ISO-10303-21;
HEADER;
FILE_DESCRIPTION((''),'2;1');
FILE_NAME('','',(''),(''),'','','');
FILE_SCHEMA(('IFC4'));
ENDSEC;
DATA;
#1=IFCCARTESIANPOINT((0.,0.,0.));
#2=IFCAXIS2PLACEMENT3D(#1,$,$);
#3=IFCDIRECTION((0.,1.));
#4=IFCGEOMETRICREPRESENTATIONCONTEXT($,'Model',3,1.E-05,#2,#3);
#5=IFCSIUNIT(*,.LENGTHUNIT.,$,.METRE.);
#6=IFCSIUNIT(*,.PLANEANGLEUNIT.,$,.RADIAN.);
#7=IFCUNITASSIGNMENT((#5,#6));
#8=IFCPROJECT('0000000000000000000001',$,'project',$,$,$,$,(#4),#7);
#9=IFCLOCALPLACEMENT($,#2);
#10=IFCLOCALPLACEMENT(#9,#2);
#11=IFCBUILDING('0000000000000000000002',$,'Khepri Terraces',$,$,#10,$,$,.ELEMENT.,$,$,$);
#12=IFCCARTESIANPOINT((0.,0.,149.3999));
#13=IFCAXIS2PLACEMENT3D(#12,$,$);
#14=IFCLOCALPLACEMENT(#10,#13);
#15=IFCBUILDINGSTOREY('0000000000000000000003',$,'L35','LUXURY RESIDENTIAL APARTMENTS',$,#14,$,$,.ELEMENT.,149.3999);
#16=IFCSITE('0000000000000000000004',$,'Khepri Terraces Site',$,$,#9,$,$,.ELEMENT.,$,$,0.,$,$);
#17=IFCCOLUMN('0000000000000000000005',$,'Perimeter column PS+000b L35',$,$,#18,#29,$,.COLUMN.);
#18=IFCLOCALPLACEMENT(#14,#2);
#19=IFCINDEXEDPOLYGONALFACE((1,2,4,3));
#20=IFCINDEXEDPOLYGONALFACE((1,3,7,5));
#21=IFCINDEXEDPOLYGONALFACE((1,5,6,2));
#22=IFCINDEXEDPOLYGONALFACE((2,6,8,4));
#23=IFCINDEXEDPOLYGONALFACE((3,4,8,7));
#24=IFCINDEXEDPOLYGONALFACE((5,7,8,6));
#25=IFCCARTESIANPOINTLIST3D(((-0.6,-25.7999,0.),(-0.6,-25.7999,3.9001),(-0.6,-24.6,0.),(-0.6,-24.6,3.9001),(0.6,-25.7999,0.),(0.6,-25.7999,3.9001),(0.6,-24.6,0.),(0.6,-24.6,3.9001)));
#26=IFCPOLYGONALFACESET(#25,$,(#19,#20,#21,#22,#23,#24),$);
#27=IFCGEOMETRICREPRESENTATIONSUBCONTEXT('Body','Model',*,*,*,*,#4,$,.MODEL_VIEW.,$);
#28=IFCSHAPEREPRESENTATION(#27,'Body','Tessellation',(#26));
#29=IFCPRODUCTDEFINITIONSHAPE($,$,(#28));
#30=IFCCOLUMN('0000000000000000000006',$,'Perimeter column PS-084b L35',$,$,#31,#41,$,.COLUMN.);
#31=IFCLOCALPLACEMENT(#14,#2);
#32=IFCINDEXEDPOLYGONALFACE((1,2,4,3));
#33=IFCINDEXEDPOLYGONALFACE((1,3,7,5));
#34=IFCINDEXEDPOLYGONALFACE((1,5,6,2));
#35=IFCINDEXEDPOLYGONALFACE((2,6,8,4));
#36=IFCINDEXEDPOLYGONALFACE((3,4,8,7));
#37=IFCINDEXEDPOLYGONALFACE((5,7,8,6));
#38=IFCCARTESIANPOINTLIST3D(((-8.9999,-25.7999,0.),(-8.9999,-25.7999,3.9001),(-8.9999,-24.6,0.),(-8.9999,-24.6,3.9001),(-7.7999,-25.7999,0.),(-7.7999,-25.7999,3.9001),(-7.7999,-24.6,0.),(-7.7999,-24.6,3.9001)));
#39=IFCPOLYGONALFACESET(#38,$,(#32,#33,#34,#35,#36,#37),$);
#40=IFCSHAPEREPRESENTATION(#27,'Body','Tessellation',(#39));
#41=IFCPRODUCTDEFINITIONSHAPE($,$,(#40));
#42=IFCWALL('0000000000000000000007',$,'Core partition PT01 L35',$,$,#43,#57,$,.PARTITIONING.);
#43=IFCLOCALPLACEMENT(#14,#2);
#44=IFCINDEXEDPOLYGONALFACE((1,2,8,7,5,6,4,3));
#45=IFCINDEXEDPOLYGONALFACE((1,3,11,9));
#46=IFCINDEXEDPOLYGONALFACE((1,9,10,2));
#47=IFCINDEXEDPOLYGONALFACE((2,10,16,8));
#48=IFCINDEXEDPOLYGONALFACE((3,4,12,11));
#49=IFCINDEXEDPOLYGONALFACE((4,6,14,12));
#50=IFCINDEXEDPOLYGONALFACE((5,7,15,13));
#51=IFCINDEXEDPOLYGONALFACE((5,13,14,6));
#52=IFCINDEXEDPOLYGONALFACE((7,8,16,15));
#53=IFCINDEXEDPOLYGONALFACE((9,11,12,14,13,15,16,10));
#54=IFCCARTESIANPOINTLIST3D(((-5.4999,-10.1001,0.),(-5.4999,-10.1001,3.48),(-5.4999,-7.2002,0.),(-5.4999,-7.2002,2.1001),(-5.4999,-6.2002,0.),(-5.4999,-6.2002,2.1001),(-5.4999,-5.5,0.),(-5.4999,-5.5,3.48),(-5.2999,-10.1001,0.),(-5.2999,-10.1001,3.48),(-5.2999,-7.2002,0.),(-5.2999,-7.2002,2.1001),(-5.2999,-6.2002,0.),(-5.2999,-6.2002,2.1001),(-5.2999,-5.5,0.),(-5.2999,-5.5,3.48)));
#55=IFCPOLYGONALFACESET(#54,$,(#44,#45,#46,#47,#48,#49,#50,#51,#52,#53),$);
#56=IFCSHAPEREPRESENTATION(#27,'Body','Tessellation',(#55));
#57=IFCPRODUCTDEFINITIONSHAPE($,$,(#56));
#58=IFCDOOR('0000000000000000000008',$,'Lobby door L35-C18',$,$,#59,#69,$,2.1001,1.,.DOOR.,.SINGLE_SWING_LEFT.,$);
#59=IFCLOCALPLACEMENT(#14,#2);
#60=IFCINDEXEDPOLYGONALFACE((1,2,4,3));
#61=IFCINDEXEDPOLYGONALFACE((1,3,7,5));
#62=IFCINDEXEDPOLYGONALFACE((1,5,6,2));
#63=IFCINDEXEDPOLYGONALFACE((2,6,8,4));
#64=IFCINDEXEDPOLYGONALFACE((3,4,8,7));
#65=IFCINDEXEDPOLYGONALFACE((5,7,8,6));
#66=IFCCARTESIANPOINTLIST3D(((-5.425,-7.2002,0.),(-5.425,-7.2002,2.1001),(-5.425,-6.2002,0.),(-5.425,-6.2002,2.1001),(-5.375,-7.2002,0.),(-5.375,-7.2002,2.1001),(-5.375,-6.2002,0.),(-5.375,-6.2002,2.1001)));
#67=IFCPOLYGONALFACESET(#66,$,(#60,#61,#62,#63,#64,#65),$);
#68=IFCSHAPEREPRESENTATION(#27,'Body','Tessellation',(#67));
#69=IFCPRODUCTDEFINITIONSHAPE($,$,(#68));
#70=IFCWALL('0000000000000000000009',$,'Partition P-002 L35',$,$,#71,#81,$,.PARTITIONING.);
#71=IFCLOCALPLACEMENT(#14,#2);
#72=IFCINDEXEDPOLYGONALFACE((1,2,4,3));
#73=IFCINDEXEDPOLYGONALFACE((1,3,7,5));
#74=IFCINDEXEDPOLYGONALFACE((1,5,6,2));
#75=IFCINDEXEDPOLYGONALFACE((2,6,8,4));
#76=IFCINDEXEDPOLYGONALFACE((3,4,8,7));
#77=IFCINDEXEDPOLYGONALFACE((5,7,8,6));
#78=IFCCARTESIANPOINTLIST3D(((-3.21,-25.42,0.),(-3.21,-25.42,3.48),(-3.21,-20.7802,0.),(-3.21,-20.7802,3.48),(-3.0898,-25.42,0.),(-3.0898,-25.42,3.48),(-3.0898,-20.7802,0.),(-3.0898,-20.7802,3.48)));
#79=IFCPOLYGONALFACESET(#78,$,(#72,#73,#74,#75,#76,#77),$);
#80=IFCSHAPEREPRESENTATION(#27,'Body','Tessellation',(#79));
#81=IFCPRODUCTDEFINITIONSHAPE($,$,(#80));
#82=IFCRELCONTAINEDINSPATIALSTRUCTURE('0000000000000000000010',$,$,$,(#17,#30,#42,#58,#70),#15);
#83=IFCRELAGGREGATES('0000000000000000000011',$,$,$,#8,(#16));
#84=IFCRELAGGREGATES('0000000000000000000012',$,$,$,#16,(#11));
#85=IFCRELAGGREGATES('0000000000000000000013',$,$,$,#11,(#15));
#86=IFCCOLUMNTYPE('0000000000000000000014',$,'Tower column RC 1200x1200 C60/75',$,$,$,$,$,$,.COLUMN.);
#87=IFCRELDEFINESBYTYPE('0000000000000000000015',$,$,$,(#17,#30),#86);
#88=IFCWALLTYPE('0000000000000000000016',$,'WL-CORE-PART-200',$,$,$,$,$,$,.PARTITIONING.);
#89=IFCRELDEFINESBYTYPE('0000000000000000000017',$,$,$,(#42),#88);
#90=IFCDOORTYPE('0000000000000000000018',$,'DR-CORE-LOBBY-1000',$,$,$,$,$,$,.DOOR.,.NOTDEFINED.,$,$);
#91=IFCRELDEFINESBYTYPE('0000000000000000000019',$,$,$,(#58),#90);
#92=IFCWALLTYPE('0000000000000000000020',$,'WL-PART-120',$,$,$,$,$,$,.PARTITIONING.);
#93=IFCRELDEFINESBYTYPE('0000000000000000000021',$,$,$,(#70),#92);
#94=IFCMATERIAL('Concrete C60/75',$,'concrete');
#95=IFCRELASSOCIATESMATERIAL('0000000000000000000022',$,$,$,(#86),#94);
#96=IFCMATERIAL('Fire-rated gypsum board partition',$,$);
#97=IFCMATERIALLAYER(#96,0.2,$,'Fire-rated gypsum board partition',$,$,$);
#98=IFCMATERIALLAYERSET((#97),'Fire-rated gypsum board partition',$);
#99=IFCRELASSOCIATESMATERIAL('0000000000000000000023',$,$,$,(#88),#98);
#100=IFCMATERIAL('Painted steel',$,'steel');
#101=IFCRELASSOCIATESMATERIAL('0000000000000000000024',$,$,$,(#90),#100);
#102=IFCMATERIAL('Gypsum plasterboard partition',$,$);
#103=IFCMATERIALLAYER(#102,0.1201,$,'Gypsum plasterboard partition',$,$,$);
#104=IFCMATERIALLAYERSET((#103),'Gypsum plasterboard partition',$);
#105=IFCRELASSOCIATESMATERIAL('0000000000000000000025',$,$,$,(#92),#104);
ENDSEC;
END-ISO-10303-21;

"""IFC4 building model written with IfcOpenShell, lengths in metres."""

from ifc_helpers import new_model, si_unit, direction, frame, frame_2d, origin, origin_2d, place, context, subcontext, project, spatial, rectangle, extrude, material, layer, layer_set, material_profile, profile_set, type_object, element, fill, save


model = new_model("IFC4")

# Units and contexts
model_context = context("Model", 3, precision=1e-05, world=origin(), true_north=direction((0.0, 1.0)))
body_context = subcontext(model_context, "Body", "Model", "MODEL_VIEW")
ifc_project = project(units=[si_unit("LENGTHUNIT", "METRE"), si_unit("PLANEANGLEUNIT", "RADIAN")], contexts=[model_context])

# Site, building, storey
site_placement = place(None, origin())
site = spatial("IfcSite", under=ifc_project, at=site_placement, Name="Khepri Terraces Site", CompositionType="ELEMENT", RefElevation=0.0)
building_placement = place(site_placement, origin())
building = spatial("IfcBuilding", under=site, at=building_placement, Name="Khepri Terraces", CompositionType="ELEMENT")
storey_placement = place(building_placement, frame((0.0, 0.0, 149.3999)))
storey = spatial("IfcBuildingStorey", under=building, at=storey_placement, Name="L35", Description="LUXURY RESIDENTIAL APARTMENTS", CompositionType="ELEMENT", Elevation=149.3999)

# Columns
ifc_material_1 = material(Name="Concrete C60/75", Category="concrete")
ifc_material_profile = material_profile(ifc_material_1, rectangle(XDim=1.2, YDim=1.2, at=origin_2d()), Name="Concrete C60/75", Category="concrete")
ifc_profile_set = profile_set([ifc_material_profile], Name="Concrete C60/75")
column_type = type_object("IfcColumnType", Name="Tower column RC 1200x1200 C60/75", PredefinedType="COLUMN", material=ifc_profile_set)
for number, where, z_axis, x_axis, name in (
    (1, (0.0, -25.2, 0.0), (0.0, 0.0, 1.0), (1.0, 0.0, 0.0), "Perimeter column PS+000b L35"),
    (2, (-8.3999, -25.2, 0.0), (0.0, 0.0, 1.0), (1.0, 0.0, 0.0), "Perimeter column PS-084b L35"),
):
    element("IfcColumn", number, at=place(storey_placement, frame(where, z_axis=z_axis, x_axis=x_axis)), inside=storey, type_object=column_type, Name=name, PredefinedType="COLUMN", context=body_context, shape_type="SweptSolid", body=[
        extrude(rectangle(XDim=1.2, YDim=1.2, at=origin_2d()), origin(), (0.0, 0.0, 1.0), 3.9001),
    ])

# Wall, opening, door
ifc_material_2 = material(Name="Fire-rated gypsum board partition")
ifc_layer_1 = layer(ifc_material_2, 0.2, Name="Fire-rated gypsum board partition")
ifc_layer_set_1 = layer_set([ifc_layer_1], Name="Fire-rated gypsum board partition")
wall_type_1 = type_object("IfcWallType", Name="WL-CORE-PART-200", PredefinedType="PARTITIONING", material=ifc_layer_set_1)
wall_1_placement = place(storey_placement, frame((-5.3999, -10.1001, 0.0), z_axis=(0.0, 0.0, 1.0), x_axis=(0.0, 1.0, 0.0)))
wall_1 = element("IfcWall", 3, at=wall_1_placement, inside=storey, type_object=wall_type_1, Name="Core partition PT01 L35", PredefinedType="PARTITIONING", context=body_context, shape_type="SweptSolid", body=[
    extrude(rectangle(XDim=4.6001, YDim=0.2, at=frame_2d((2.3, 0.0))), origin(), (0.0, 0.0, 1.0), 3.48),
])
opening_1_placement = place(wall_1_placement, frame((2.8999, 0.0, 0.0)))
opening_1 = element("IfcOpeningElement", 4, at=opening_1_placement, cuts=wall_1, PredefinedType="OPENING", context=body_context, shape_type="SweptSolid", body=[
    extrude(rectangle(XDim=1.0, YDim=2.1001, at=frame_2d((0.5, 1.05))), frame((0.0, 0.1099, 0.0), z_axis=(0.0, -1.0, 0.0), x_axis=(1.0, 0.0, 0.0)), (0.0, 0.0, 1.0), 0.22),
])
ifc_material_3 = material(Name="Painted steel", Category="steel")
door_type_1 = type_object("IfcDoorType", Name="DR-CORE-LOBBY-1000", OperationType="NOTDEFINED", PredefinedType="DOOR", material=ifc_material_3)
door_1_placement = place(opening_1_placement, frame((1.0, 0.0, 0.0), z_axis=(0.0, 0.0, 1.0), x_axis=(-1.0, 0.0, 0.0)))
door_1 = element("IfcDoor", 5, at=door_1_placement, inside=storey, type_object=door_type_1, Name="Lobby door L35-C18", OperationType="SINGLE_SWING_LEFT", OverallHeight=2.1001, OverallWidth=1.0, PredefinedType="DOOR", context=body_context, shape_type="SweptSolid", body=[
    extrude(rectangle(XDim=1.0, YDim=2.1001, at=frame_2d((0.5, 1.05))), frame((0.0, 0.0249, 0.0), z_axis=(0.0, -1.0, 0.0), x_axis=(1.0, 0.0, 0.0)), (0.0, 0.0, 1.0), 0.05),
])
fill(opening_1, door_1)

# Wall
ifc_material_4 = material(Name="Gypsum plasterboard partition")
ifc_layer_2 = layer(ifc_material_4, 0.1201, Name="Gypsum plasterboard partition")
ifc_layer_set_2 = layer_set([ifc_layer_2], Name="Gypsum plasterboard partition")
wall_type_2 = type_object("IfcWallType", Name="WL-PART-120", PredefinedType="PARTITIONING", material=ifc_layer_set_2)
wall_2_placement = place(storey_placement, frame((-3.1499, -25.4199, 0.0), z_axis=(0.0, 0.0, 1.0), x_axis=(0.0, 1.0, 0.0)))
element("IfcWall", 6, at=wall_2_placement, inside=storey, type_object=wall_type_2, Name="Partition P-002 L35", PredefinedType="PARTITIONING", context=body_context, shape_type="SweptSolid", body=[
    extrude(rectangle(XDim=4.6399, YDim=0.1201, at=frame_2d((2.3198, 0.0))), origin(), (0.0, 0.0, 1.0), 3.48),
])

save(model, "model.ifc")
